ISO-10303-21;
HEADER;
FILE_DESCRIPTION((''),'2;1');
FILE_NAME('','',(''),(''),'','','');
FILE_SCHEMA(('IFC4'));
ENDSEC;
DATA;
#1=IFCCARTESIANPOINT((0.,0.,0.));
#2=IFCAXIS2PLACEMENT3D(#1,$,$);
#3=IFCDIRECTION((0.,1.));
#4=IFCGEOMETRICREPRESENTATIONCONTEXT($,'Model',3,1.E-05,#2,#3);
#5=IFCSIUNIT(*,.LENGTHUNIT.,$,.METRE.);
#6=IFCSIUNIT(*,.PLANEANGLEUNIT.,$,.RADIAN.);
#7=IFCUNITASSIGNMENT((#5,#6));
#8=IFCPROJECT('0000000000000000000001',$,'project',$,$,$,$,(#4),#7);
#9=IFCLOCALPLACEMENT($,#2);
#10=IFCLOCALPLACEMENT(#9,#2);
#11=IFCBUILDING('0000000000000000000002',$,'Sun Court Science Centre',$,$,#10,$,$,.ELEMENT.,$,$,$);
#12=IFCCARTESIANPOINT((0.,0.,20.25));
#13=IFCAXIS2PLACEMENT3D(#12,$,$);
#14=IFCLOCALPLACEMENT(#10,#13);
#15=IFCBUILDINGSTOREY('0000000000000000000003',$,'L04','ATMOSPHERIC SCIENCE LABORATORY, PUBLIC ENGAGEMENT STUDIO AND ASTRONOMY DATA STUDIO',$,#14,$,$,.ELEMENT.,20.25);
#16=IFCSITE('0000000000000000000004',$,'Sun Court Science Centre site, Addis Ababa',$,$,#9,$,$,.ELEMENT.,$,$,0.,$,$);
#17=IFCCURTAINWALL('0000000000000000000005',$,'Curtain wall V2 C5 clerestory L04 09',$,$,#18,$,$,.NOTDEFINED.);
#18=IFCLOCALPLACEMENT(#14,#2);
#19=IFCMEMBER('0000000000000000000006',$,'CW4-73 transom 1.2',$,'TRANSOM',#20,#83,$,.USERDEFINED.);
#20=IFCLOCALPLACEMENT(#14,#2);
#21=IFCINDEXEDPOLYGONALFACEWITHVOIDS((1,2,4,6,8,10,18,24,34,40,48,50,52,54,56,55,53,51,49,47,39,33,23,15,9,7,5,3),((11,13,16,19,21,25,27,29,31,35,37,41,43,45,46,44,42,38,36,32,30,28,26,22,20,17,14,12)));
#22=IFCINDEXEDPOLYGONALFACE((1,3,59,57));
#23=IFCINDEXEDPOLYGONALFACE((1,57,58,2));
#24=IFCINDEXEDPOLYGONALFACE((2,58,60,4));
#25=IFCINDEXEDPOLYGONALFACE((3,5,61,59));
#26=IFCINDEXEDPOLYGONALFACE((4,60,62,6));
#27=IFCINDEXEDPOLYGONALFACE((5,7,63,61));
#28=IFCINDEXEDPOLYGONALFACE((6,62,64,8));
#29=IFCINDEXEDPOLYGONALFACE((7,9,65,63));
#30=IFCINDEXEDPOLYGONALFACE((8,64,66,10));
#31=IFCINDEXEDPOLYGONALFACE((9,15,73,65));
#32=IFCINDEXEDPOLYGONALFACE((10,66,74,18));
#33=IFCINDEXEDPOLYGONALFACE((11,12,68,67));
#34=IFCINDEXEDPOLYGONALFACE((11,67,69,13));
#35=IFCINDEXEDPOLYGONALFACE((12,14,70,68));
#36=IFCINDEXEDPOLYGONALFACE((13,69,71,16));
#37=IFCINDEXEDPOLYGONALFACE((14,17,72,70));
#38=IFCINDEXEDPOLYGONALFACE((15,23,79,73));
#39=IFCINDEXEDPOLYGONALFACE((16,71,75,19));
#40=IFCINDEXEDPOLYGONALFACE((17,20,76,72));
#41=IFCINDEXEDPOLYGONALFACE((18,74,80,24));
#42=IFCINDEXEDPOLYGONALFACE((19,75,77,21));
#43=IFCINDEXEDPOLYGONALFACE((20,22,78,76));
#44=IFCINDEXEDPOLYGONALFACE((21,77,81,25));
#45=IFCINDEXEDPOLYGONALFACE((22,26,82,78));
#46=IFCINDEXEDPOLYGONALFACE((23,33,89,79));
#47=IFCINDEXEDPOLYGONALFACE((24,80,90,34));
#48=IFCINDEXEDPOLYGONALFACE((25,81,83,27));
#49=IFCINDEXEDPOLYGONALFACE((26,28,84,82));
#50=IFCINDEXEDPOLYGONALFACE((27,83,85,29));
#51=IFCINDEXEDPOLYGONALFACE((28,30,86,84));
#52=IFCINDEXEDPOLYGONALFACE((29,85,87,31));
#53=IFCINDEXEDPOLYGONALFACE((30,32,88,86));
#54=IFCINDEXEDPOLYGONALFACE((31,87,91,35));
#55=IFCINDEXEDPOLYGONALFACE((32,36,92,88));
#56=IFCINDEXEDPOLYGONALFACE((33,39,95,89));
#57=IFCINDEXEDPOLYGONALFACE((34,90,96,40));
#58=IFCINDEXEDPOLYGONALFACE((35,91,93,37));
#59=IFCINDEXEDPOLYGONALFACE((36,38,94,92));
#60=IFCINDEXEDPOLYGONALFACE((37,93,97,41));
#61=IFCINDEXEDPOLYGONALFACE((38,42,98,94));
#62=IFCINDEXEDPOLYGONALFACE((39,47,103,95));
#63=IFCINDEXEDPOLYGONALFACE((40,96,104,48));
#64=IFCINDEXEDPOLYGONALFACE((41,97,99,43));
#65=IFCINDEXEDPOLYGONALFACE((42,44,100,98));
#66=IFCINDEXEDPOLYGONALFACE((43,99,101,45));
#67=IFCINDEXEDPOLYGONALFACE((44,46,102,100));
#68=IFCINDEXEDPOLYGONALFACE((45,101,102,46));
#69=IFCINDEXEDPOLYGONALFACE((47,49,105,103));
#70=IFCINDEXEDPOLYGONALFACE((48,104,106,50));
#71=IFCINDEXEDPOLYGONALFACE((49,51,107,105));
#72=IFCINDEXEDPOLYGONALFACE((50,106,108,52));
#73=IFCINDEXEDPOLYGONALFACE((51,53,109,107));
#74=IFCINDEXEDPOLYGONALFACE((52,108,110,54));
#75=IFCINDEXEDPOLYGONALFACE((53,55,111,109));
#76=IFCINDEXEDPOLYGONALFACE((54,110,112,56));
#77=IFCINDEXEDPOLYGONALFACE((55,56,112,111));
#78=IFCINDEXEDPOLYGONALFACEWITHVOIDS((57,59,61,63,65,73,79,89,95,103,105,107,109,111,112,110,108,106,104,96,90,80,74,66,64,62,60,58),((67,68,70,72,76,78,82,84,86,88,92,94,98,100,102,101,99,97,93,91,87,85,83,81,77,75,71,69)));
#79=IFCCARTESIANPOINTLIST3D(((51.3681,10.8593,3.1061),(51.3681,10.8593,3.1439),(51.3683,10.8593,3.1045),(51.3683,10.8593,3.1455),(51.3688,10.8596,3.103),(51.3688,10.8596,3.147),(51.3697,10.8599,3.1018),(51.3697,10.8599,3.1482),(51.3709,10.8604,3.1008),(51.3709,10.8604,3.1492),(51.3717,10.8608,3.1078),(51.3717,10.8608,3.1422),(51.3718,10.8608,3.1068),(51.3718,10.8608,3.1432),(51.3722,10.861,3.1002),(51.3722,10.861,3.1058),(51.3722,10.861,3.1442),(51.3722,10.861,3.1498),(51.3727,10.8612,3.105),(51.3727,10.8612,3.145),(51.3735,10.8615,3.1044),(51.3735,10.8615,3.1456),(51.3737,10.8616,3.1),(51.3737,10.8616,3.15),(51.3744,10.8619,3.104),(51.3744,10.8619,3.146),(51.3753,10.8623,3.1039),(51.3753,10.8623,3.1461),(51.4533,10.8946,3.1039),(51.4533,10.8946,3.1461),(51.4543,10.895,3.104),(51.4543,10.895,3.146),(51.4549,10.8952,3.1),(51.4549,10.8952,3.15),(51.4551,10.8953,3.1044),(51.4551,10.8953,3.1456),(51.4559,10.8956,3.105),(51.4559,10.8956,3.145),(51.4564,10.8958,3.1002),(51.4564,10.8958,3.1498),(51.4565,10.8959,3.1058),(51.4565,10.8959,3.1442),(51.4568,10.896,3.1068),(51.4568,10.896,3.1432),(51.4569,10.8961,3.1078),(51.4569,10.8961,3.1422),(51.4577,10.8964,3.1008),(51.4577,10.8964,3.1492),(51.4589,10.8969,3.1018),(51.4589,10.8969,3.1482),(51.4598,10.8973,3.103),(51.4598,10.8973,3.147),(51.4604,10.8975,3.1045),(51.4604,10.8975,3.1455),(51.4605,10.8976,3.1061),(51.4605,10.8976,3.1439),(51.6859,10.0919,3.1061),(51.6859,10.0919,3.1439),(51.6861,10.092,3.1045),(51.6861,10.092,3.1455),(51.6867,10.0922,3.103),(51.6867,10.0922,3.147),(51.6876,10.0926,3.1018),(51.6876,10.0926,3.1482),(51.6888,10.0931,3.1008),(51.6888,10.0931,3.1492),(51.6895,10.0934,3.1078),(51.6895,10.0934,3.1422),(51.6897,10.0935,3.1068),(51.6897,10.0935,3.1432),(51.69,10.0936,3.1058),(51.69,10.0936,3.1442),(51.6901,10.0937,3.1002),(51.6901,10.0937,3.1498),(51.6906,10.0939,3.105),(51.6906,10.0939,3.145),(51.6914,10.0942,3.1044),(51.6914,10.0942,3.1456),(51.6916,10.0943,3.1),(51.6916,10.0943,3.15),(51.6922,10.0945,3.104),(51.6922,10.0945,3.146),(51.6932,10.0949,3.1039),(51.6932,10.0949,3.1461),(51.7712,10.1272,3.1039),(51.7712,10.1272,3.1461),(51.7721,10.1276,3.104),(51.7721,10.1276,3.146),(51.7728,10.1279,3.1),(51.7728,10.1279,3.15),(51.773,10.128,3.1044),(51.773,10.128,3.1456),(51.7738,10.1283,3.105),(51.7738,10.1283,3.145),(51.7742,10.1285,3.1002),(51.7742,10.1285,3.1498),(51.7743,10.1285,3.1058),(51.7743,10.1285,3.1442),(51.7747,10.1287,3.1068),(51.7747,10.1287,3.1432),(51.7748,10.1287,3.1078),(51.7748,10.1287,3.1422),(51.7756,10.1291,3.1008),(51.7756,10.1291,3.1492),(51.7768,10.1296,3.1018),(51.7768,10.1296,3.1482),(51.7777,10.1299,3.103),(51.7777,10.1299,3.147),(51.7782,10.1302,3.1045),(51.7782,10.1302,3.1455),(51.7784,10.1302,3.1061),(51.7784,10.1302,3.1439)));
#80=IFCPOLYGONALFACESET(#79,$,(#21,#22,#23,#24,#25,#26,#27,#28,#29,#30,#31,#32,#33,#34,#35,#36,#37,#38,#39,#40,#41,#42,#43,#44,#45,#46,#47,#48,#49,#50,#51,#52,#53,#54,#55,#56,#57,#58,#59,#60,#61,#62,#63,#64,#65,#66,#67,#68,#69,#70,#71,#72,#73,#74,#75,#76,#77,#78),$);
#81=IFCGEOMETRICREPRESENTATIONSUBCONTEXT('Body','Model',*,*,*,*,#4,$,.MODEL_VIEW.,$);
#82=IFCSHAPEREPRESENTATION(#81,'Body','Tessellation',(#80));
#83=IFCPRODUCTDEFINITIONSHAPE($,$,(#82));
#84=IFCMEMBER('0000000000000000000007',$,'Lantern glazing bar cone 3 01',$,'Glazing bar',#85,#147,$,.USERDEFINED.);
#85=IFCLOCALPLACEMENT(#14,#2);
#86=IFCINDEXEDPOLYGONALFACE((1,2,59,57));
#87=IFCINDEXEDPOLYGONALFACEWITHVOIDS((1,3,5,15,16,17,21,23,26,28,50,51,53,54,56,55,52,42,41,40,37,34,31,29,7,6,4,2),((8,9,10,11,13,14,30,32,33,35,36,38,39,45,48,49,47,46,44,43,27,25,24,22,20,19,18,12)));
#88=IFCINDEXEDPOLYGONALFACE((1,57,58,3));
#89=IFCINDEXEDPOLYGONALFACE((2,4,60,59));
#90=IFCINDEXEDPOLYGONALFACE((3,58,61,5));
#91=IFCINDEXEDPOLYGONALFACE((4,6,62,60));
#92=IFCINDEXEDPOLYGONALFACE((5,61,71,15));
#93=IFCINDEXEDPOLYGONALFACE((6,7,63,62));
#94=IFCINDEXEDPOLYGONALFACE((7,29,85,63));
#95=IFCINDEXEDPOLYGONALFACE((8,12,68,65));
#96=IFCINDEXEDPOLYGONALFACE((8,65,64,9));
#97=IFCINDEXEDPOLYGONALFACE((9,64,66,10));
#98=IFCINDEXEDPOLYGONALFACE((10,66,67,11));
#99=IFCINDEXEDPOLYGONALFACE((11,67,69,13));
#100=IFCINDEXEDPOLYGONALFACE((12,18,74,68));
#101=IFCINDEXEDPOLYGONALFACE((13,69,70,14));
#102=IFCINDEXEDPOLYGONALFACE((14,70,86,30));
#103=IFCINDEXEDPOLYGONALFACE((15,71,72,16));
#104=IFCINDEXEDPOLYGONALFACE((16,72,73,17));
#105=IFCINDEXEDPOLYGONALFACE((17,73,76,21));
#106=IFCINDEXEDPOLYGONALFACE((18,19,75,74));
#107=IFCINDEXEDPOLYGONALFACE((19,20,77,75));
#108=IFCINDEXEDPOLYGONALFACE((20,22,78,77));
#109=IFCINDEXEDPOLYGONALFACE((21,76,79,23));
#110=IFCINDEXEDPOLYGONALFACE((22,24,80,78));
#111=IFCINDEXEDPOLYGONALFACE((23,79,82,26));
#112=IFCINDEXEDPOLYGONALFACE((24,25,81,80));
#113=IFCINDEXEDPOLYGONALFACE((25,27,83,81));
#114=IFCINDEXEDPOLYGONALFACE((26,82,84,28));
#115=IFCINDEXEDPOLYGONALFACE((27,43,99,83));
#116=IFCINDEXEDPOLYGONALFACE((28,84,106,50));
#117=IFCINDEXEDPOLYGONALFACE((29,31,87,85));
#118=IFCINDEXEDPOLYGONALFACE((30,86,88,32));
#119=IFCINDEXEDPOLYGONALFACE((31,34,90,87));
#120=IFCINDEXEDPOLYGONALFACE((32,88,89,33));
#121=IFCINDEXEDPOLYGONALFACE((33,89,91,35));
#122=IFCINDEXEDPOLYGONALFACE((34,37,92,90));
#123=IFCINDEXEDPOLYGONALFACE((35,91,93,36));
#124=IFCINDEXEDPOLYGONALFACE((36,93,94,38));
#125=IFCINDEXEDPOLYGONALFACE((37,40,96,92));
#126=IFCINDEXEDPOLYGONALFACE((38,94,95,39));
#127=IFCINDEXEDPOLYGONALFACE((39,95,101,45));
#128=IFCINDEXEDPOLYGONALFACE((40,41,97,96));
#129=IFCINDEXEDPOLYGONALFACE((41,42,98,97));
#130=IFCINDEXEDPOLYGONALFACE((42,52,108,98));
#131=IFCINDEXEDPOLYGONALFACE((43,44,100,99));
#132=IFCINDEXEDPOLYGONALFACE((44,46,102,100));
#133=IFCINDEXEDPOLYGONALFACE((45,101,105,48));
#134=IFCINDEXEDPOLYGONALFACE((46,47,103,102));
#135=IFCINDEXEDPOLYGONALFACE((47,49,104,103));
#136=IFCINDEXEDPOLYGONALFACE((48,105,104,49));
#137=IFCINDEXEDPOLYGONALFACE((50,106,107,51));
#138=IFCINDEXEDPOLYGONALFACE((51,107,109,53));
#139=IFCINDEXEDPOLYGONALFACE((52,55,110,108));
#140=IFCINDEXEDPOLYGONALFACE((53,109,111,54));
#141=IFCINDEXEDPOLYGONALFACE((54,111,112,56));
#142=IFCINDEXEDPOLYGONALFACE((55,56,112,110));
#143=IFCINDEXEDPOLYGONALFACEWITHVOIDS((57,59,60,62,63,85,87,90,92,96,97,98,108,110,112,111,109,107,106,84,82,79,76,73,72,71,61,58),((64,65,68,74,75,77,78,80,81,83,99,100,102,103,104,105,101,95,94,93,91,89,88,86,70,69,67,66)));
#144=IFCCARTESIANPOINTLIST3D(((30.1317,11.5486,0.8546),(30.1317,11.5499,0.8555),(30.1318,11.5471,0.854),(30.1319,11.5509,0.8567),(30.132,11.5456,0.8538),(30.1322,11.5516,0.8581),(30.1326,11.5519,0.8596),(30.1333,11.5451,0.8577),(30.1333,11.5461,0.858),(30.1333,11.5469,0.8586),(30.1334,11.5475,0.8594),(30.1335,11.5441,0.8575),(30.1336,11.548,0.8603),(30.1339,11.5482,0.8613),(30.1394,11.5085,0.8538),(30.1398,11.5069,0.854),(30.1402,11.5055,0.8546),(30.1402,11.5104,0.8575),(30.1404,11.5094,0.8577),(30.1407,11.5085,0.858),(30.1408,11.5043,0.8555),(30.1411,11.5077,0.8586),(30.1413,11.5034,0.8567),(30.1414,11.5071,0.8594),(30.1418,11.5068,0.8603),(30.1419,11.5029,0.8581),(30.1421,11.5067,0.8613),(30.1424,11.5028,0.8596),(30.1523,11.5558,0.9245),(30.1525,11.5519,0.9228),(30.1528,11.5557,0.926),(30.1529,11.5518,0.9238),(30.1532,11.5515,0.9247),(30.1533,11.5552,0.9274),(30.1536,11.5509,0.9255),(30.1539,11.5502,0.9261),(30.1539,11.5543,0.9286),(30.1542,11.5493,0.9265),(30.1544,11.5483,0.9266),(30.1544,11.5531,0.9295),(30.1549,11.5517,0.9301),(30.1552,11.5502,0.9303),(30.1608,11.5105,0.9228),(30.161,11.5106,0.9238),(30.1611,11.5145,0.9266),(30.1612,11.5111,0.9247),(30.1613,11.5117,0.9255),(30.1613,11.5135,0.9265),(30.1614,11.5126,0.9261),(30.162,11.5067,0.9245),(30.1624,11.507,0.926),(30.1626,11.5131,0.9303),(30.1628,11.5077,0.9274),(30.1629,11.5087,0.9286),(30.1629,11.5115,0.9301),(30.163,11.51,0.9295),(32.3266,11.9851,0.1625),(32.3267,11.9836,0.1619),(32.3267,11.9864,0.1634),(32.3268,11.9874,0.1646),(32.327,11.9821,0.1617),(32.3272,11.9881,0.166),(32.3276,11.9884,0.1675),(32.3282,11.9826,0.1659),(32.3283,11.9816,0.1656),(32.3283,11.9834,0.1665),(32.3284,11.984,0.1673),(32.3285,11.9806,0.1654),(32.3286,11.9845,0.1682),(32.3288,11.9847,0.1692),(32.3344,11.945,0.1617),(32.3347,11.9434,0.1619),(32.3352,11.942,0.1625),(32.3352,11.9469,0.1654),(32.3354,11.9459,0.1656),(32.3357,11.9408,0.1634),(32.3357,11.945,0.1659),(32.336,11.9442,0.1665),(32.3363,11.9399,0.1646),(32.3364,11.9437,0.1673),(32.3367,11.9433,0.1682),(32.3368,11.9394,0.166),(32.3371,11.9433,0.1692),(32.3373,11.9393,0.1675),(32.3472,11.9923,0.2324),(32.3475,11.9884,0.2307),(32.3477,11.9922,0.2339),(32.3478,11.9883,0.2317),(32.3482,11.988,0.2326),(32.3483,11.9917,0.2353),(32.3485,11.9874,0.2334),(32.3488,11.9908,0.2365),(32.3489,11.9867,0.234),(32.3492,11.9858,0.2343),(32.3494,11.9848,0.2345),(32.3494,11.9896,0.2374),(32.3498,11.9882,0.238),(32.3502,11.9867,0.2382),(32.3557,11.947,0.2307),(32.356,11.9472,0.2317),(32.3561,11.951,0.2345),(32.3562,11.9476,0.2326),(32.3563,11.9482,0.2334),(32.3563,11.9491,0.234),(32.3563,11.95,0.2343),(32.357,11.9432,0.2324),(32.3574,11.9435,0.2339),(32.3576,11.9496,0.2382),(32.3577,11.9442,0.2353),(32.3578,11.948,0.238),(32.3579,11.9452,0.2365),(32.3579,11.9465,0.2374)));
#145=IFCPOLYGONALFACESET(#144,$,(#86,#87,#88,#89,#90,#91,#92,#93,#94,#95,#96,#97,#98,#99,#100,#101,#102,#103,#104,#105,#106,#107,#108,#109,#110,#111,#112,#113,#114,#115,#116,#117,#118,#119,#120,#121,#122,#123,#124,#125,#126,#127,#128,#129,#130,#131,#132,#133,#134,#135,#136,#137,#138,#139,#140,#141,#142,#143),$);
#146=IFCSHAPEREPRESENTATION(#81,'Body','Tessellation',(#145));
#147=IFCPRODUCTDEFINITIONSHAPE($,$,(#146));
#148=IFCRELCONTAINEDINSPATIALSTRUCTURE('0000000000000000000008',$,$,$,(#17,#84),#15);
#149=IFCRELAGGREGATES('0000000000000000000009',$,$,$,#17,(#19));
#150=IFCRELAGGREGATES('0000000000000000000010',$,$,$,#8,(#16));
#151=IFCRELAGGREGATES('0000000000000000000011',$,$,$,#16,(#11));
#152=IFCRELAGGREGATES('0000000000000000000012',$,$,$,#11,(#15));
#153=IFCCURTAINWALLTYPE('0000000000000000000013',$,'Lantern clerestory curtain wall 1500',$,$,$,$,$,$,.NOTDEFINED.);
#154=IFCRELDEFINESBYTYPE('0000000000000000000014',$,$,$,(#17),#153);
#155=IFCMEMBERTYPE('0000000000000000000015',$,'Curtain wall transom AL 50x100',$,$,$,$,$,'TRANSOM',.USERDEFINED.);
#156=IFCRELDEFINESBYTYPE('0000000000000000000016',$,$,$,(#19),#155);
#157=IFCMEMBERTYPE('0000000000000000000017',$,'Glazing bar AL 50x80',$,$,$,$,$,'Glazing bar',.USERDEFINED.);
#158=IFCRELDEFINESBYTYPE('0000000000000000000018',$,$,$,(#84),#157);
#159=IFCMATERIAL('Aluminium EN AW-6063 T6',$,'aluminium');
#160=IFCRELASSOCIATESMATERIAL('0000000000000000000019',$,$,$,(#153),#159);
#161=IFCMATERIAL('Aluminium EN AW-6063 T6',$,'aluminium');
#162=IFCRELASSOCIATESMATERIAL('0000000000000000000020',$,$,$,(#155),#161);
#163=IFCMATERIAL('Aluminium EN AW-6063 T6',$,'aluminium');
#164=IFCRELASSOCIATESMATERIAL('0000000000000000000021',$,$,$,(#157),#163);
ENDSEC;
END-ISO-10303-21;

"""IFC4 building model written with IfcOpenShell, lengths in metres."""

from ifc_helpers import new_model, si_unit, direction, frame, origin, origin_2d, place, context, subcontext, project, spatial, hollow_rectangle, extrude, material, material_profile, profile_set, type_object, element, aggregate, save


model = new_model("IFC4")

# Units and contexts
model_context = context("Model", 3, precision=1e-05, world=origin(), true_north=direction((0.0, 1.0)))
body_context = subcontext(model_context, "Body", "Model", "MODEL_VIEW")
ifc_project = project(units=[si_unit("LENGTHUNIT", "METRE"), si_unit("PLANEANGLEUNIT", "RADIAN")], contexts=[model_context])

# Site, building, storey
site_placement = place(None, origin())
site = spatial("IfcSite", under=ifc_project, at=site_placement, Name="Sun Court Science Centre site, Addis Ababa", CompositionType="ELEMENT", RefElevation=0.0)
building_placement = place(site_placement, origin())
building = spatial("IfcBuilding", under=site, at=building_placement, Name="Sun Court Science Centre", CompositionType="ELEMENT")
storey_placement = place(building_placement, frame((0.0, 0.0, 20.25)))
storey = spatial("IfcBuildingStorey", under=building, at=storey_placement, Name="L04", Description="ATMOSPHERIC SCIENCE LABORATORY, PUBLIC ENGAGEMENT STUDIO AND ASTRONOMY DATA STUDIO", CompositionType="ELEMENT", Elevation=20.25)

# Curtain wall
ifc_material_1 = material(Name="Aluminium EN AW-6063 T6", Category="aluminium")
curtain_wall_type = type_object("IfcCurtainWallType", Name="Lantern clerestory curtain wall 1500", PredefinedType="NOTDEFINED", material=ifc_material_1)
curtain_wall_1_placement = place(storey_placement, origin())
curtain_wall_1 = element("IfcCurtainWall", 1, at=curtain_wall_1_placement, inside=storey, type_object=curtain_wall_type, Name="Curtain wall V2 C5 clerestory L04 09", PredefinedType="NOTDEFINED")

# Member
ifc_material_2 = material(Name="Aluminium EN AW-6063 T6", Category="aluminium")
ifc_material_profile_1 = material_profile(ifc_material_2, hollow_rectangle(XDim=0.05, YDim=0.1001, WallThickness=0.0039, InnerFilletRadius=0.0039, OuterFilletRadius=0.0061, at=origin_2d()), Name="AL 50x100x4")
ifc_profile_set_1 = profile_set([ifc_material_profile_1], Name="Aluminium EN AW-6063 T6")
member_type_1 = type_object("IfcMemberType", Name="Curtain wall transom AL 50x100", ElementType="TRANSOM", PredefinedType="USERDEFINED", material=ifc_profile_set_1)
member_1_placement = place(storey_placement, frame((51.7322, 10.1111, 3.125), z_axis=(-0.382715, 0.923866, 0.0), x_axis=(0.0, 0.0, 1.0)))
member_1 = element("IfcMember", 2, at=member_1_placement, type_object=member_type_1, Name="CW4-73 transom 1.2", ObjectType="TRANSOM", PredefinedType="USERDEFINED", context=body_context, shape_type="SweptSolid", body=[
    extrude(hollow_rectangle(XDim=0.05, YDim=0.1001, WallThickness=0.0039, InnerFilletRadius=0.0039, OuterFilletRadius=0.0061, at=origin_2d()), origin(), (0.0, 0.0, 1.0), 0.8306),
])

# Member
ifc_material_3 = material(Name="Aluminium EN AW-6063 T6", Category="aluminium")
ifc_material_profile_2 = material_profile(ifc_material_3, hollow_rectangle(XDim=0.05, YDim=0.0801, WallThickness=0.0039, InnerFilletRadius=0.0039, OuterFilletRadius=0.0061, at=origin_2d()), Name="AL 50x80x4")
ifc_profile_set_2 = profile_set([ifc_material_profile_2], Name="Aluminium EN AW-6063 T6")
member_type_2 = type_object("IfcMemberType", Name="Glazing bar AL 50x80", ElementType="Glazing bar", PredefinedType="USERDEFINED", material=ifc_profile_set_2)
for number, where, z_axis, x_axis, name in (
    (3, (32.3423, 11.9658, 0.2), (-0.937009, -0.186339, 0.295453), (0.195046, -0.980794, 0.0), "Lantern glazing bar cone 3 01"),
):
    element("IfcMember", number, at=place(storey_placement, frame(where, z_axis=z_axis, x_axis=x_axis)), inside=storey, type_object=member_type_2, Name=name, ObjectType="Glazing bar", PredefinedType="USERDEFINED", context=body_context, shape_type="SweptSolid", body=[
        extrude(hollow_rectangle(XDim=0.05, YDim=0.0801, WallThickness=0.0039, InnerFilletRadius=0.0039, OuterFilletRadius=0.0061, at=origin_2d()), origin(), (0.0, 0.0, 1.0), 2.3425),
    ])

aggregate(curtain_wall_1, [member_1])

save(model, "model.ifc")
